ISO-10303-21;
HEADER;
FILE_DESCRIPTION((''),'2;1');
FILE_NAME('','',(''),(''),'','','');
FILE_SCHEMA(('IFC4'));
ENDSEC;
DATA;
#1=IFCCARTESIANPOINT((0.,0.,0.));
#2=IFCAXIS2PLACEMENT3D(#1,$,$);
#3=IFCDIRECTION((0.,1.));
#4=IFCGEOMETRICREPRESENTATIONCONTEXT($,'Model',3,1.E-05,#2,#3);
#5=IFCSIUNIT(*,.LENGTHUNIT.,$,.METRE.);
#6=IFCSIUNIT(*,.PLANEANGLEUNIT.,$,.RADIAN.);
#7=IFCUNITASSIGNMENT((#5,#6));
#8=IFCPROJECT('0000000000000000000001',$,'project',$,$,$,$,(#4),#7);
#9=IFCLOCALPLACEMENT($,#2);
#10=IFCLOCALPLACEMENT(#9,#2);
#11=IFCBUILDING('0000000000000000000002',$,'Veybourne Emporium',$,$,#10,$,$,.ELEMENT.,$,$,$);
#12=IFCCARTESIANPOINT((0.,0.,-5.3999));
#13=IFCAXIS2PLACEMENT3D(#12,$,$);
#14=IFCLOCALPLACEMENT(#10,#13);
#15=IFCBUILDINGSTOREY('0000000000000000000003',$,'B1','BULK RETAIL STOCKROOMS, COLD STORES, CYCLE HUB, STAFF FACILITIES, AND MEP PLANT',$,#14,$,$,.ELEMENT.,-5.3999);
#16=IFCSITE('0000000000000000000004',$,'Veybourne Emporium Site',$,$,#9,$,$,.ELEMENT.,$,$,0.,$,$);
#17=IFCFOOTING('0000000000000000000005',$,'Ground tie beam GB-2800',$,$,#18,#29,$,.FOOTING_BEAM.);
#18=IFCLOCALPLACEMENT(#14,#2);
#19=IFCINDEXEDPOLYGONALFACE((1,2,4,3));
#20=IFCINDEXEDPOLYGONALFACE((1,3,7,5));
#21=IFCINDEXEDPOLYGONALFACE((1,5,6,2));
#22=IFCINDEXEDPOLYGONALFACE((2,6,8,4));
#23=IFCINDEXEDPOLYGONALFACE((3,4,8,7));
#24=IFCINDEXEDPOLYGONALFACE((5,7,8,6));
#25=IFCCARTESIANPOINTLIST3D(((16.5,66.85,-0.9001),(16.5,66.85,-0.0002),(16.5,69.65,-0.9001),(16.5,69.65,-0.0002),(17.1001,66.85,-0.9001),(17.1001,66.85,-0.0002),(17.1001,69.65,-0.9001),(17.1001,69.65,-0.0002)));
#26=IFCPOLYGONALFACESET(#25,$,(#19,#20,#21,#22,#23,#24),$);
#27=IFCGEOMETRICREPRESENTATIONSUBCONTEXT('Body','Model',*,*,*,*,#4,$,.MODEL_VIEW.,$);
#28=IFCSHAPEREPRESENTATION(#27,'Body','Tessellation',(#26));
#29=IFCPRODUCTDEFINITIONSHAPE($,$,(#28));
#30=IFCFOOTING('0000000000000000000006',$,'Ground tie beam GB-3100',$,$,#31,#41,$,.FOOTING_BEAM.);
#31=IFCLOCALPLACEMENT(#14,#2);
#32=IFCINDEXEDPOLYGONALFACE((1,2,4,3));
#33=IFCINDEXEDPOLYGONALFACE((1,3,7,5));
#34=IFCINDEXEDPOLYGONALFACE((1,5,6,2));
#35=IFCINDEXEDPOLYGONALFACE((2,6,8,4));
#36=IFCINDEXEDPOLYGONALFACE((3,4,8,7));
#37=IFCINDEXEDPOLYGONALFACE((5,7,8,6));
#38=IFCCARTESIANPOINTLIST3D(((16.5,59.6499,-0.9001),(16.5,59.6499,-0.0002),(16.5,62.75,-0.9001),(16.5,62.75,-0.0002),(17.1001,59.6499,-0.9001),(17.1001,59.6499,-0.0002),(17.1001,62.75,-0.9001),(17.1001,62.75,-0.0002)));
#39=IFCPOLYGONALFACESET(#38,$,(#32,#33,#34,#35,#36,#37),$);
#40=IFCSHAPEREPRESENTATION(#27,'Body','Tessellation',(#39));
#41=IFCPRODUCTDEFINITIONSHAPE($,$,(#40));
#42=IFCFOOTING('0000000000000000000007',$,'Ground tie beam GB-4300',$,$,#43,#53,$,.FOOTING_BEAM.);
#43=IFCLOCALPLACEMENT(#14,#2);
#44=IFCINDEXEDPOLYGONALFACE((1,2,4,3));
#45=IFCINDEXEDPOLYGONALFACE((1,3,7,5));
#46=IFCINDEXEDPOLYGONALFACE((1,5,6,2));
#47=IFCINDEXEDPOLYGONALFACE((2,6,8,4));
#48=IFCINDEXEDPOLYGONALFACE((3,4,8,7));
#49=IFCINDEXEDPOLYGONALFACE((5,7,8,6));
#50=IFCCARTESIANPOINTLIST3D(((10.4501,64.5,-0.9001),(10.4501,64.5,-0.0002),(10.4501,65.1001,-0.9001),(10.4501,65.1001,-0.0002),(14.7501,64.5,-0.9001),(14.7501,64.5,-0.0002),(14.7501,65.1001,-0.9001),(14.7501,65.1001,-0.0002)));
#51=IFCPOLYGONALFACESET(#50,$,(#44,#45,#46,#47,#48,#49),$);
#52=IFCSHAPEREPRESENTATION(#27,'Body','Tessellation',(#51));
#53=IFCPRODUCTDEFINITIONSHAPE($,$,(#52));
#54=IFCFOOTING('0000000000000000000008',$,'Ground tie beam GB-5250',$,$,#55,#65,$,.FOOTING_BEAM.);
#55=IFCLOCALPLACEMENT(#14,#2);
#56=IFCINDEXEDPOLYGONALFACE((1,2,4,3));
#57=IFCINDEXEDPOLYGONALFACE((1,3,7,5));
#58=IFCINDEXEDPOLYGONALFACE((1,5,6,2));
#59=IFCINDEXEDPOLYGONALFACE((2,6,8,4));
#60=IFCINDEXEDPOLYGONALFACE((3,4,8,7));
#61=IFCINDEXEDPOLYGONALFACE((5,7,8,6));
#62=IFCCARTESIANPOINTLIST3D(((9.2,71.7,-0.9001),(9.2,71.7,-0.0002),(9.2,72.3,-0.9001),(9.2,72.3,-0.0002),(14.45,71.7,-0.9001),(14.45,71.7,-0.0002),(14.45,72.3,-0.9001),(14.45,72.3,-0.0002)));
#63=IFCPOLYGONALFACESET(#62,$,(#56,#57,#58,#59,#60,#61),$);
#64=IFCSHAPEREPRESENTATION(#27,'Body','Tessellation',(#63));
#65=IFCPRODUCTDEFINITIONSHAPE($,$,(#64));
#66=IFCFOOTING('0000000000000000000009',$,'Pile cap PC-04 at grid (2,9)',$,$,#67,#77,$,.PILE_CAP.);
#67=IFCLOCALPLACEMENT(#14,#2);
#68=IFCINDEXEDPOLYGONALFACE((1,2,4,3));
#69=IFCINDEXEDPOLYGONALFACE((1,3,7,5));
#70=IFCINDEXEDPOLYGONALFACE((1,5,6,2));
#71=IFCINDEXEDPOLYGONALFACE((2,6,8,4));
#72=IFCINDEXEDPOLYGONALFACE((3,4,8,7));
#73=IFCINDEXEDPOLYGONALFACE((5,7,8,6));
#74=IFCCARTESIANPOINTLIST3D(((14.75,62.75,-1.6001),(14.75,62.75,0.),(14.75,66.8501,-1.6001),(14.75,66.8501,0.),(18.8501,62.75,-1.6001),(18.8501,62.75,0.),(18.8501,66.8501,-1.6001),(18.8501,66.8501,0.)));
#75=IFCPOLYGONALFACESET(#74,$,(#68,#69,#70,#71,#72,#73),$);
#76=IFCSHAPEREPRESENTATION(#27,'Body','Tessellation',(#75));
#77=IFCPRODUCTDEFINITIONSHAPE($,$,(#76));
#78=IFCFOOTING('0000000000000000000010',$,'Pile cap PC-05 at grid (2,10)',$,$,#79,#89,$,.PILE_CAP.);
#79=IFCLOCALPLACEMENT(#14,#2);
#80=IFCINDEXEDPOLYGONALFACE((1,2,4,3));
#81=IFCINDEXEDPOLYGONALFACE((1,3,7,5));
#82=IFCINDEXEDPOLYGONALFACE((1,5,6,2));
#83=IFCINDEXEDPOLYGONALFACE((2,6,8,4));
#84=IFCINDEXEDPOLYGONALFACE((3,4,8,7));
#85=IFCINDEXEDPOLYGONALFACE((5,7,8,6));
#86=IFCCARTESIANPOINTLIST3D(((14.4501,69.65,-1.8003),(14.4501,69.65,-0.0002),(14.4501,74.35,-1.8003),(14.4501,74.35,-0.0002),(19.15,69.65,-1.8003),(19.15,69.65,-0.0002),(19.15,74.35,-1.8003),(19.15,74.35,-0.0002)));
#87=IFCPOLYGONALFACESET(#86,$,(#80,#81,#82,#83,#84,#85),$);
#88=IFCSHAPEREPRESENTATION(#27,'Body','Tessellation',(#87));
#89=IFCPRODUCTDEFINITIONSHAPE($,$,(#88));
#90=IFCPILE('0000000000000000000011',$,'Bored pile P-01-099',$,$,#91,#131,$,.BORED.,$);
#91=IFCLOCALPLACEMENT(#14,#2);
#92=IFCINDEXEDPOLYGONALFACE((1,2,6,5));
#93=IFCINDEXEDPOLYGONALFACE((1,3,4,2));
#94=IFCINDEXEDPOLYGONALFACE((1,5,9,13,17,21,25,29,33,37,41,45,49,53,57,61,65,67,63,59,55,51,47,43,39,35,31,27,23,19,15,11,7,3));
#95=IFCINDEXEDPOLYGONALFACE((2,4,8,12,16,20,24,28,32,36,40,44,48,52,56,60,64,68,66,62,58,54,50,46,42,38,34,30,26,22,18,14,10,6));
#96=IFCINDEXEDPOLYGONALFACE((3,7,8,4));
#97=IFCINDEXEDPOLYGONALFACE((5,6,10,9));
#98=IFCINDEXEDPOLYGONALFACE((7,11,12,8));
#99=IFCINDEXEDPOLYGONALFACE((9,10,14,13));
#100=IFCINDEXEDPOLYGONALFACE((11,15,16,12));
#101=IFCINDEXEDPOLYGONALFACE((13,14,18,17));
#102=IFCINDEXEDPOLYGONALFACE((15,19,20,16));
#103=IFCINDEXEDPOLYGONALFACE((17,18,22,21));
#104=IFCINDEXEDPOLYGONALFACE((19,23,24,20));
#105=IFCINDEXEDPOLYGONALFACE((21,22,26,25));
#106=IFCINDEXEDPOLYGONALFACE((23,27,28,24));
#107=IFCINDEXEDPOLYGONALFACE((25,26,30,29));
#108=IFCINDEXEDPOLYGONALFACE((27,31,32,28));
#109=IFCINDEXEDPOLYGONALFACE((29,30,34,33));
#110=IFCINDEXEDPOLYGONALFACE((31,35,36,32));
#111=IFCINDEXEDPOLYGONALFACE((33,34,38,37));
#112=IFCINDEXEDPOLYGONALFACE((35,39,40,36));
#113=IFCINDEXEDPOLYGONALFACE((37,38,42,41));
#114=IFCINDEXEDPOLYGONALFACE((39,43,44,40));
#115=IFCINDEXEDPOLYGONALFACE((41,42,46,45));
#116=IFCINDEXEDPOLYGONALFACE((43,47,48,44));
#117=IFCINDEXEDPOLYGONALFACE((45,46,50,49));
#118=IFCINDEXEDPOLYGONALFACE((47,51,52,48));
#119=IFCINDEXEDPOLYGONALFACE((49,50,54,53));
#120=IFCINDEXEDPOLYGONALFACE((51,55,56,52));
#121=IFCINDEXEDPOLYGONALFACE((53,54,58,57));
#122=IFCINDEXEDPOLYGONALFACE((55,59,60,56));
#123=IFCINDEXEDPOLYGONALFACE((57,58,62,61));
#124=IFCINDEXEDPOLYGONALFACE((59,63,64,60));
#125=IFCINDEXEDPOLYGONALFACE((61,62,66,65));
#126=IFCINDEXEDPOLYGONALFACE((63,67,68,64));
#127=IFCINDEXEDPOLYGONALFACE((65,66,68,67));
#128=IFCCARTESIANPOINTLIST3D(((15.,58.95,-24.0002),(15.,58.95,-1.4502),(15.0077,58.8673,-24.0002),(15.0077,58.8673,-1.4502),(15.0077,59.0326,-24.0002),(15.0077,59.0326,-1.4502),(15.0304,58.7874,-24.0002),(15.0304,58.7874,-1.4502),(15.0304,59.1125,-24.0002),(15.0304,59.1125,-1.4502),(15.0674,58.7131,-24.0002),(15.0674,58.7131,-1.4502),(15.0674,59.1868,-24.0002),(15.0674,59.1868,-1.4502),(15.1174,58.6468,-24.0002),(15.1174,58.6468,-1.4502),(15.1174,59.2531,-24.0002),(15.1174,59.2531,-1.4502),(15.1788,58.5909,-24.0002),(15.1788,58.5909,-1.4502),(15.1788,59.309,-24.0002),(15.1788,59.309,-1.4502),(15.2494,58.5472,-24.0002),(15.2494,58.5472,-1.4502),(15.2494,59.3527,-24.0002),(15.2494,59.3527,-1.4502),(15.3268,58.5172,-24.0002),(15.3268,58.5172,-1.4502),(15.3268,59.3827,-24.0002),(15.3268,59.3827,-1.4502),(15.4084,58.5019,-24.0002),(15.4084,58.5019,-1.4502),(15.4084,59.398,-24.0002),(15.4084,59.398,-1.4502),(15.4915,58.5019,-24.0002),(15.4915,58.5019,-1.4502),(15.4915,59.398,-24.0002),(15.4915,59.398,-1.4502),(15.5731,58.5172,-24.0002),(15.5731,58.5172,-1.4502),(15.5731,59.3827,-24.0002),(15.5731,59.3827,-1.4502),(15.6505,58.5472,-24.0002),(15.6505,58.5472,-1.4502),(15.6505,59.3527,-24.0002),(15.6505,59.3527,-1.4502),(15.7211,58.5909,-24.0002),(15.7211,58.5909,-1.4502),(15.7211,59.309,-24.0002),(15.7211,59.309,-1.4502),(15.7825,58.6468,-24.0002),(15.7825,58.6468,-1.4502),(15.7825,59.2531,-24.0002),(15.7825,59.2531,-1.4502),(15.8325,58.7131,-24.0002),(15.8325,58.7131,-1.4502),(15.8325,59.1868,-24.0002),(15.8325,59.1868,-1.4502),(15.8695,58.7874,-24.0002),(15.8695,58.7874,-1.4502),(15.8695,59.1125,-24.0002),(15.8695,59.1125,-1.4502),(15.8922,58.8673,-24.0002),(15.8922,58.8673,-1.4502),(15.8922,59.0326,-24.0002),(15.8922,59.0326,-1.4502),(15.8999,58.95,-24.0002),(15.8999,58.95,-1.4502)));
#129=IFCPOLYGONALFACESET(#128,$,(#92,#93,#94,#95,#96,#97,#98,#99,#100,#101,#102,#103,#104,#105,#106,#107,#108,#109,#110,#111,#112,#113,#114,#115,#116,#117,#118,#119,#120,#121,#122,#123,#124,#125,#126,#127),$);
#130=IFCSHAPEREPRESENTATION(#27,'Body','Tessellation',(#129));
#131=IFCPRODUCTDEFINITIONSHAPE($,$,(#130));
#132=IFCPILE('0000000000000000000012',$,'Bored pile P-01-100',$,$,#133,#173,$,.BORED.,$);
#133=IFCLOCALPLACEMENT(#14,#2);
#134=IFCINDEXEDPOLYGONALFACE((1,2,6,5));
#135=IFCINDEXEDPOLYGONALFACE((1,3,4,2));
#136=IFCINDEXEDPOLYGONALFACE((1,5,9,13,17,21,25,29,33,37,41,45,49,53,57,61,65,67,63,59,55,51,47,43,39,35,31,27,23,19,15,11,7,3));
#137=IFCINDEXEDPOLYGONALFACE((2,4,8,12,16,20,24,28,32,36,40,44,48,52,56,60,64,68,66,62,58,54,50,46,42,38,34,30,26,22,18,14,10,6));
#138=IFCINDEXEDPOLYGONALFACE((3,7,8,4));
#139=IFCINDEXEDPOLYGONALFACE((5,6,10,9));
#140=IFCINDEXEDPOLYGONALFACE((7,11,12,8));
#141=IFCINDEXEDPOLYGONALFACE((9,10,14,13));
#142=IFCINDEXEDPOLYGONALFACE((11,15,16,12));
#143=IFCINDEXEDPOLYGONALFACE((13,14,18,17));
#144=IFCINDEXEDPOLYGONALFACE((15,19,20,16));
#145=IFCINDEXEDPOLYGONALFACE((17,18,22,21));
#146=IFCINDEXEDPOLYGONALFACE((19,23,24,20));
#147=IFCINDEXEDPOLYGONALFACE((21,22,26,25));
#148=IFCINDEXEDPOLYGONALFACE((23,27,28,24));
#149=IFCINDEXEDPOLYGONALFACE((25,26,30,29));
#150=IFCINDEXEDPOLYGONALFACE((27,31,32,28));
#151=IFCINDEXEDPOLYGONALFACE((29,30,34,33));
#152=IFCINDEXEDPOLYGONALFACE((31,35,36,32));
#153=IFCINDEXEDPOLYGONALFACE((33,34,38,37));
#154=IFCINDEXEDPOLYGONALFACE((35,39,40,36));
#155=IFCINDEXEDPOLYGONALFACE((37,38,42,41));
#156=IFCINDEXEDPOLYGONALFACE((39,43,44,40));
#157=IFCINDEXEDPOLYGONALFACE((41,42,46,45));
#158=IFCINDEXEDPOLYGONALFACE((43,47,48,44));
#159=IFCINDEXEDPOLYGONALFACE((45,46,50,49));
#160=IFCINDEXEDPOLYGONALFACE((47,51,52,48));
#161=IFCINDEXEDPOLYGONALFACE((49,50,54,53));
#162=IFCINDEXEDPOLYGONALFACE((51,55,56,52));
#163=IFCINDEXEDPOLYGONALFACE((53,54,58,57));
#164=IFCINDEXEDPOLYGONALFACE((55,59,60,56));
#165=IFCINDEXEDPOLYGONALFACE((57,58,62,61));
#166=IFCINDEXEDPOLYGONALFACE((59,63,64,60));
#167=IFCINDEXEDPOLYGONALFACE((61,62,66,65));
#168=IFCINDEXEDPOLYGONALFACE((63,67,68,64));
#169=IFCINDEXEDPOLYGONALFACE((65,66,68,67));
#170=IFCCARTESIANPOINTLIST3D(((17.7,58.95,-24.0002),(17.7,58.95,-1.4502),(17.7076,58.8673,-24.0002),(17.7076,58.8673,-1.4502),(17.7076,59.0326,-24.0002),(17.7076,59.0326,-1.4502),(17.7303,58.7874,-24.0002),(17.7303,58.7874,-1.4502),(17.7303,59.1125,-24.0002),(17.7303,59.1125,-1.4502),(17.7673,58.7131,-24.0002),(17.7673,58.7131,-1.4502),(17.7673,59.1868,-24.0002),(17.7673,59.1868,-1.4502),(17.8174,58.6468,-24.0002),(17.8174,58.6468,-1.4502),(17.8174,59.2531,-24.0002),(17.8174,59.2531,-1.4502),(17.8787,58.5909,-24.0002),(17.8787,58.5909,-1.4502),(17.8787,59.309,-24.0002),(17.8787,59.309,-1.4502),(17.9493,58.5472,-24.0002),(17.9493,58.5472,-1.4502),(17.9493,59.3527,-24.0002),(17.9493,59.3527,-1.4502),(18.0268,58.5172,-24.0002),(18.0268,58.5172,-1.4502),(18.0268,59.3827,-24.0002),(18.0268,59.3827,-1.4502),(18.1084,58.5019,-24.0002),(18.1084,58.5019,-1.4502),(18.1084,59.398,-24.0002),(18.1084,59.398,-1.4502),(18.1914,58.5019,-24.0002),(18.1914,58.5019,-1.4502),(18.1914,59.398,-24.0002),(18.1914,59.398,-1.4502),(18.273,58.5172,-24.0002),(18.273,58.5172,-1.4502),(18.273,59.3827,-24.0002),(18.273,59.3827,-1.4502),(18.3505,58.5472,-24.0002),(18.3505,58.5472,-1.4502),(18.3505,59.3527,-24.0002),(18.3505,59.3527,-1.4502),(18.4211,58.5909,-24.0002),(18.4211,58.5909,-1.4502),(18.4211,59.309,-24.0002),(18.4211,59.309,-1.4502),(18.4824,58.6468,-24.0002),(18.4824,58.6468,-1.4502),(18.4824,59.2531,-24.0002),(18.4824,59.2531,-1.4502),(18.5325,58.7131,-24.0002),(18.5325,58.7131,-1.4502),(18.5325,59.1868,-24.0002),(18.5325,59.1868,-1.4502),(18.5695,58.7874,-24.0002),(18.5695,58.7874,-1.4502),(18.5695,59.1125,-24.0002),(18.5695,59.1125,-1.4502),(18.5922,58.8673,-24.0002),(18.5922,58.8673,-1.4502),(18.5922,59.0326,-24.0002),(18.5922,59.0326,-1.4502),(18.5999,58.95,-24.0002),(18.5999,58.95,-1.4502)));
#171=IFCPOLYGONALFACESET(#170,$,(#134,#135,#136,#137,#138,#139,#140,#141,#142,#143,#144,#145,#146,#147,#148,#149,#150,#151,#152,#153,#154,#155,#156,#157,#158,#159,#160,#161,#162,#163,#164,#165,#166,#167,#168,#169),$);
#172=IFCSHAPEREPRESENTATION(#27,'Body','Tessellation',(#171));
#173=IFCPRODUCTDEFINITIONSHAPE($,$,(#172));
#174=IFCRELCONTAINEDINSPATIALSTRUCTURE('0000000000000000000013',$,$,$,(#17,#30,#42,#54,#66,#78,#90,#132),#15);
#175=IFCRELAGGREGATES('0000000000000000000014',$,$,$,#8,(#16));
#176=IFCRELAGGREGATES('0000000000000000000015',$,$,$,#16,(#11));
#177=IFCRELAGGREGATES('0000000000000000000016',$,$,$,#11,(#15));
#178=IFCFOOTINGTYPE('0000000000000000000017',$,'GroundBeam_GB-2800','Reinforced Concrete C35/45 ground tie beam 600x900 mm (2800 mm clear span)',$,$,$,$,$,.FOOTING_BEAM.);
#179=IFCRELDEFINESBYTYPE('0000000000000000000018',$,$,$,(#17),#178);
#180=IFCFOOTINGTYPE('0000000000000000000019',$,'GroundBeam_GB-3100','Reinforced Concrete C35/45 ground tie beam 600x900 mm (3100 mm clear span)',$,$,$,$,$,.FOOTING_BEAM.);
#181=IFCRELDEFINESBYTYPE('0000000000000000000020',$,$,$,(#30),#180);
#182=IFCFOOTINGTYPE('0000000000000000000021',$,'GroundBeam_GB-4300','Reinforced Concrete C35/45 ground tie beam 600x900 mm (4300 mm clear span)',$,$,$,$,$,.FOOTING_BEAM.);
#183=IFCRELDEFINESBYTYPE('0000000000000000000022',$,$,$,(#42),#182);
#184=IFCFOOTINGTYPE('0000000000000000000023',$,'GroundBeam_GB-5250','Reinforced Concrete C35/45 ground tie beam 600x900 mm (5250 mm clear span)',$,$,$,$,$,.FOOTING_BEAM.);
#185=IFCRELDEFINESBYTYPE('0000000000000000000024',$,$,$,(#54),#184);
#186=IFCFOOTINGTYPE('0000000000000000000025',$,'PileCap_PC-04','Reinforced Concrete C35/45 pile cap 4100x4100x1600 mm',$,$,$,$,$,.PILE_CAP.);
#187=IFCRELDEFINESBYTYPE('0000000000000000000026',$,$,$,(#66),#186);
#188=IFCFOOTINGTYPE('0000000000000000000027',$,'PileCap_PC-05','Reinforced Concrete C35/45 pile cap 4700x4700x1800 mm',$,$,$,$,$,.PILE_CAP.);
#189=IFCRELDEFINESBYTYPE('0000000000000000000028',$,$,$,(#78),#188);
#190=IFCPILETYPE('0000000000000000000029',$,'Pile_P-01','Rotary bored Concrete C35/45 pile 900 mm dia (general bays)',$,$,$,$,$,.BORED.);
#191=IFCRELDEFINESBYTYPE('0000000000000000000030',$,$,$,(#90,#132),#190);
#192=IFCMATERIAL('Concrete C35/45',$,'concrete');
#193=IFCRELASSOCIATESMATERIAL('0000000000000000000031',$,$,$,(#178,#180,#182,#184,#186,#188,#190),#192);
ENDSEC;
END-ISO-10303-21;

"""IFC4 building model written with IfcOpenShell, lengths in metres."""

from ifc_helpers import new_model, si_unit, direction, frame, origin, origin_2d, place, context, subcontext, project, spatial, rectangle, circle, extrude, material, material_profile, profile_set, type_object, element, save


model = new_model("IFC4")

# Units and contexts
model_context = context("Model", 3, precision=1e-05, world=origin(), true_north=direction((0.0, 1.0)))
body_context = subcontext(model_context, "Body", "Model", "MODEL_VIEW")
ifc_project = project(units=[si_unit("LENGTHUNIT", "METRE"), si_unit("PLANEANGLEUNIT", "RADIAN")], contexts=[model_context])

# Site, building, storey
site_placement = place(None, origin())
site = spatial("IfcSite", under=ifc_project, at=site_placement, Name="Veybourne Emporium Site", CompositionType="ELEMENT", RefElevation=0.0)
building_placement = place(site_placement, origin())
building = spatial("IfcBuilding", under=site, at=building_placement, Name="Veybourne Emporium", CompositionType="ELEMENT")
storey_placement = place(building_placement, frame((0.0, 0.0, -5.3999)))
storey = spatial("IfcBuildingStorey", under=building, at=storey_placement, Name="B1", Description="BULK RETAIL STOCKROOMS, COLD STORES, CYCLE HUB, STAFF FACILITIES, AND MEP PLANT", CompositionType="ELEMENT", Elevation=-5.3999)

# Footings
ifc_material_1 = material(Name="Concrete C35/45", Category="concrete")
footing_type_1 = type_object("IfcFootingType", Name="GroundBeam_GB-2800", Description="Reinforced Concrete C35/45 ground tie beam 600x900 mm (2800 mm clear span)", PredefinedType="FOOTING_BEAM", material=ifc_material_1)
footing_1_placement = place(storey_placement, frame((16.8, 68.25, -0.9001), z_axis=(0.0, 0.0, 1.0), x_axis=(0.0, 1.0, 0.0)))
element("IfcFooting", 1, at=footing_1_placement, inside=storey, type_object=footing_type_1, Name="Ground tie beam GB-2800", PredefinedType="FOOTING_BEAM", context=body_context, shape_type="SweptSolid", body=[
    extrude(rectangle(XDim=2.8, YDim=0.6001, at=origin_2d()), origin(), (0.0, 0.0, 1.0), 0.8999),
])
footing_type_2 = type_object("IfcFootingType", Name="GroundBeam_GB-3100", Description="Reinforced Concrete C35/45 ground tie beam 600x900 mm (3100 mm clear span)", PredefinedType="FOOTING_BEAM", material=ifc_material_1)
footing_2_placement = place(storey_placement, frame((16.8, 61.2, -0.9001), z_axis=(0.0, 0.0, 1.0), x_axis=(0.0, 1.0, 0.0)))
element("IfcFooting", 2, at=footing_2_placement, inside=storey, type_object=footing_type_2, Name="Ground tie beam GB-3100", PredefinedType="FOOTING_BEAM", context=body_context, shape_type="SweptSolid", body=[
    extrude(rectangle(XDim=3.1001, YDim=0.6001, at=origin_2d()), origin(), (0.0, 0.0, 1.0), 0.8999),
])
footing_type_3 = type_object("IfcFootingType", Name="GroundBeam_GB-4300", Description="Reinforced Concrete C35/45 ground tie beam 600x900 mm (4300 mm clear span)", PredefinedType="FOOTING_BEAM", material=ifc_material_1)
footing_3_placement = place(storey_placement, frame((12.6001, 64.8, -0.9001), z_axis=(0.0, 0.0, 1.0), x_axis=(1.0, 0.0, 0.0)))
element("IfcFooting", 3, at=footing_3_placement, inside=storey, type_object=footing_type_3, Name="Ground tie beam GB-4300", PredefinedType="FOOTING_BEAM", context=body_context, shape_type="SweptSolid", body=[
    extrude(rectangle(XDim=4.3, YDim=0.6001, at=origin_2d()), origin(), (0.0, 0.0, 1.0), 0.8999),
])
footing_type_4 = type_object("IfcFootingType", Name="GroundBeam_GB-5250", Description="Reinforced Concrete C35/45 ground tie beam 600x900 mm (5250 mm clear span)", PredefinedType="FOOTING_BEAM", material=ifc_material_1)
footing_4_placement = place(storey_placement, frame((11.825, 72.0, -0.9001), z_axis=(0.0, 0.0, 1.0), x_axis=(1.0, 0.0, 0.0)))
element("IfcFooting", 4, at=footing_4_placement, inside=storey, type_object=footing_type_4, Name="Ground tie beam GB-5250", PredefinedType="FOOTING_BEAM", context=body_context, shape_type="SweptSolid", body=[
    extrude(rectangle(XDim=5.25, YDim=0.6001, at=origin_2d()), origin(), (0.0, 0.0, 1.0), 0.8999),
])
footing_type_5 = type_object("IfcFootingType", Name="PileCap_PC-04", Description="Reinforced Concrete C35/45 pile cap 4100x4100x1600 mm", PredefinedType="PILE_CAP", material=ifc_material_1)
footing_5_placement = place(storey_placement, frame((16.8, 64.8, -1.6001), z_axis=(0.0, 0.0, 1.0), x_axis=(1.0, 0.0, 0.0)))
element("IfcFooting", 5, at=footing_5_placement, inside=storey, type_object=footing_type_5, Name="Pile cap PC-04 at grid (2,9)", PredefinedType="PILE_CAP", context=body_context, shape_type="SweptSolid", body=[
    extrude(rectangle(XDim=4.1001, YDim=4.1001, at=origin_2d()), origin(), (0.0, 0.0, 1.0), 1.6001),
])
footing_type_6 = type_object("IfcFootingType", Name="PileCap_PC-05", Description="Reinforced Concrete C35/45 pile cap 4700x4700x1800 mm", PredefinedType="PILE_CAP", material=ifc_material_1)
footing_6_placement = place(storey_placement, frame((16.8, 72.0, -1.8003), z_axis=(0.0, 0.0, 1.0), x_axis=(1.0, 0.0, 0.0)))
element("IfcFooting", 6, at=footing_6_placement, inside=storey, type_object=footing_type_6, Name="Pile cap PC-05 at grid (2,10)", PredefinedType="PILE_CAP", context=body_context, shape_type="SweptSolid", body=[
    extrude(rectangle(XDim=4.7, YDim=4.7, at=origin_2d()), origin(), (0.0, 0.0, 1.0), 1.8),
])

# Piles
ifc_material_profile_1 = material_profile(ifc_material_1, circle(Radius=0.45, at=origin_2d()), Name="BORED PILE 900")
ifc_profile_set_1 = profile_set([ifc_material_profile_1], Name="Concrete C35/45")
pile_type_1 = type_object("IfcPileType", Name="Pile_P-01", Description="Rotary bored Concrete C35/45 pile 900 mm dia (general bays)", PredefinedType="BORED", material=ifc_profile_set_1)
for number, where, z_axis, x_axis, name in (
    (7, (15.45, 58.95, -1.4502), (0.0, 0.0, -1.0), (1.0, 0.0, 0.0), "Bored pile P-01-099"),
    (8, (18.1499, 58.95, -1.4502), (0.0, 0.0, -1.0), (1.0, 0.0, 0.0), "Bored pile P-01-100"),
):
    element("IfcPile", number, at=place(storey_placement, frame(where, z_axis=z_axis, x_axis=x_axis)), inside=storey, type_object=pile_type_1, Name=name, PredefinedType="BORED", context=body_context, shape_type="SweptSolid", body=[
        extrude(circle(Radius=0.45, at=origin_2d()), origin(), (0.0, 0.0, 1.0), 22.55),
    ])

save(model, "model.ifc")
